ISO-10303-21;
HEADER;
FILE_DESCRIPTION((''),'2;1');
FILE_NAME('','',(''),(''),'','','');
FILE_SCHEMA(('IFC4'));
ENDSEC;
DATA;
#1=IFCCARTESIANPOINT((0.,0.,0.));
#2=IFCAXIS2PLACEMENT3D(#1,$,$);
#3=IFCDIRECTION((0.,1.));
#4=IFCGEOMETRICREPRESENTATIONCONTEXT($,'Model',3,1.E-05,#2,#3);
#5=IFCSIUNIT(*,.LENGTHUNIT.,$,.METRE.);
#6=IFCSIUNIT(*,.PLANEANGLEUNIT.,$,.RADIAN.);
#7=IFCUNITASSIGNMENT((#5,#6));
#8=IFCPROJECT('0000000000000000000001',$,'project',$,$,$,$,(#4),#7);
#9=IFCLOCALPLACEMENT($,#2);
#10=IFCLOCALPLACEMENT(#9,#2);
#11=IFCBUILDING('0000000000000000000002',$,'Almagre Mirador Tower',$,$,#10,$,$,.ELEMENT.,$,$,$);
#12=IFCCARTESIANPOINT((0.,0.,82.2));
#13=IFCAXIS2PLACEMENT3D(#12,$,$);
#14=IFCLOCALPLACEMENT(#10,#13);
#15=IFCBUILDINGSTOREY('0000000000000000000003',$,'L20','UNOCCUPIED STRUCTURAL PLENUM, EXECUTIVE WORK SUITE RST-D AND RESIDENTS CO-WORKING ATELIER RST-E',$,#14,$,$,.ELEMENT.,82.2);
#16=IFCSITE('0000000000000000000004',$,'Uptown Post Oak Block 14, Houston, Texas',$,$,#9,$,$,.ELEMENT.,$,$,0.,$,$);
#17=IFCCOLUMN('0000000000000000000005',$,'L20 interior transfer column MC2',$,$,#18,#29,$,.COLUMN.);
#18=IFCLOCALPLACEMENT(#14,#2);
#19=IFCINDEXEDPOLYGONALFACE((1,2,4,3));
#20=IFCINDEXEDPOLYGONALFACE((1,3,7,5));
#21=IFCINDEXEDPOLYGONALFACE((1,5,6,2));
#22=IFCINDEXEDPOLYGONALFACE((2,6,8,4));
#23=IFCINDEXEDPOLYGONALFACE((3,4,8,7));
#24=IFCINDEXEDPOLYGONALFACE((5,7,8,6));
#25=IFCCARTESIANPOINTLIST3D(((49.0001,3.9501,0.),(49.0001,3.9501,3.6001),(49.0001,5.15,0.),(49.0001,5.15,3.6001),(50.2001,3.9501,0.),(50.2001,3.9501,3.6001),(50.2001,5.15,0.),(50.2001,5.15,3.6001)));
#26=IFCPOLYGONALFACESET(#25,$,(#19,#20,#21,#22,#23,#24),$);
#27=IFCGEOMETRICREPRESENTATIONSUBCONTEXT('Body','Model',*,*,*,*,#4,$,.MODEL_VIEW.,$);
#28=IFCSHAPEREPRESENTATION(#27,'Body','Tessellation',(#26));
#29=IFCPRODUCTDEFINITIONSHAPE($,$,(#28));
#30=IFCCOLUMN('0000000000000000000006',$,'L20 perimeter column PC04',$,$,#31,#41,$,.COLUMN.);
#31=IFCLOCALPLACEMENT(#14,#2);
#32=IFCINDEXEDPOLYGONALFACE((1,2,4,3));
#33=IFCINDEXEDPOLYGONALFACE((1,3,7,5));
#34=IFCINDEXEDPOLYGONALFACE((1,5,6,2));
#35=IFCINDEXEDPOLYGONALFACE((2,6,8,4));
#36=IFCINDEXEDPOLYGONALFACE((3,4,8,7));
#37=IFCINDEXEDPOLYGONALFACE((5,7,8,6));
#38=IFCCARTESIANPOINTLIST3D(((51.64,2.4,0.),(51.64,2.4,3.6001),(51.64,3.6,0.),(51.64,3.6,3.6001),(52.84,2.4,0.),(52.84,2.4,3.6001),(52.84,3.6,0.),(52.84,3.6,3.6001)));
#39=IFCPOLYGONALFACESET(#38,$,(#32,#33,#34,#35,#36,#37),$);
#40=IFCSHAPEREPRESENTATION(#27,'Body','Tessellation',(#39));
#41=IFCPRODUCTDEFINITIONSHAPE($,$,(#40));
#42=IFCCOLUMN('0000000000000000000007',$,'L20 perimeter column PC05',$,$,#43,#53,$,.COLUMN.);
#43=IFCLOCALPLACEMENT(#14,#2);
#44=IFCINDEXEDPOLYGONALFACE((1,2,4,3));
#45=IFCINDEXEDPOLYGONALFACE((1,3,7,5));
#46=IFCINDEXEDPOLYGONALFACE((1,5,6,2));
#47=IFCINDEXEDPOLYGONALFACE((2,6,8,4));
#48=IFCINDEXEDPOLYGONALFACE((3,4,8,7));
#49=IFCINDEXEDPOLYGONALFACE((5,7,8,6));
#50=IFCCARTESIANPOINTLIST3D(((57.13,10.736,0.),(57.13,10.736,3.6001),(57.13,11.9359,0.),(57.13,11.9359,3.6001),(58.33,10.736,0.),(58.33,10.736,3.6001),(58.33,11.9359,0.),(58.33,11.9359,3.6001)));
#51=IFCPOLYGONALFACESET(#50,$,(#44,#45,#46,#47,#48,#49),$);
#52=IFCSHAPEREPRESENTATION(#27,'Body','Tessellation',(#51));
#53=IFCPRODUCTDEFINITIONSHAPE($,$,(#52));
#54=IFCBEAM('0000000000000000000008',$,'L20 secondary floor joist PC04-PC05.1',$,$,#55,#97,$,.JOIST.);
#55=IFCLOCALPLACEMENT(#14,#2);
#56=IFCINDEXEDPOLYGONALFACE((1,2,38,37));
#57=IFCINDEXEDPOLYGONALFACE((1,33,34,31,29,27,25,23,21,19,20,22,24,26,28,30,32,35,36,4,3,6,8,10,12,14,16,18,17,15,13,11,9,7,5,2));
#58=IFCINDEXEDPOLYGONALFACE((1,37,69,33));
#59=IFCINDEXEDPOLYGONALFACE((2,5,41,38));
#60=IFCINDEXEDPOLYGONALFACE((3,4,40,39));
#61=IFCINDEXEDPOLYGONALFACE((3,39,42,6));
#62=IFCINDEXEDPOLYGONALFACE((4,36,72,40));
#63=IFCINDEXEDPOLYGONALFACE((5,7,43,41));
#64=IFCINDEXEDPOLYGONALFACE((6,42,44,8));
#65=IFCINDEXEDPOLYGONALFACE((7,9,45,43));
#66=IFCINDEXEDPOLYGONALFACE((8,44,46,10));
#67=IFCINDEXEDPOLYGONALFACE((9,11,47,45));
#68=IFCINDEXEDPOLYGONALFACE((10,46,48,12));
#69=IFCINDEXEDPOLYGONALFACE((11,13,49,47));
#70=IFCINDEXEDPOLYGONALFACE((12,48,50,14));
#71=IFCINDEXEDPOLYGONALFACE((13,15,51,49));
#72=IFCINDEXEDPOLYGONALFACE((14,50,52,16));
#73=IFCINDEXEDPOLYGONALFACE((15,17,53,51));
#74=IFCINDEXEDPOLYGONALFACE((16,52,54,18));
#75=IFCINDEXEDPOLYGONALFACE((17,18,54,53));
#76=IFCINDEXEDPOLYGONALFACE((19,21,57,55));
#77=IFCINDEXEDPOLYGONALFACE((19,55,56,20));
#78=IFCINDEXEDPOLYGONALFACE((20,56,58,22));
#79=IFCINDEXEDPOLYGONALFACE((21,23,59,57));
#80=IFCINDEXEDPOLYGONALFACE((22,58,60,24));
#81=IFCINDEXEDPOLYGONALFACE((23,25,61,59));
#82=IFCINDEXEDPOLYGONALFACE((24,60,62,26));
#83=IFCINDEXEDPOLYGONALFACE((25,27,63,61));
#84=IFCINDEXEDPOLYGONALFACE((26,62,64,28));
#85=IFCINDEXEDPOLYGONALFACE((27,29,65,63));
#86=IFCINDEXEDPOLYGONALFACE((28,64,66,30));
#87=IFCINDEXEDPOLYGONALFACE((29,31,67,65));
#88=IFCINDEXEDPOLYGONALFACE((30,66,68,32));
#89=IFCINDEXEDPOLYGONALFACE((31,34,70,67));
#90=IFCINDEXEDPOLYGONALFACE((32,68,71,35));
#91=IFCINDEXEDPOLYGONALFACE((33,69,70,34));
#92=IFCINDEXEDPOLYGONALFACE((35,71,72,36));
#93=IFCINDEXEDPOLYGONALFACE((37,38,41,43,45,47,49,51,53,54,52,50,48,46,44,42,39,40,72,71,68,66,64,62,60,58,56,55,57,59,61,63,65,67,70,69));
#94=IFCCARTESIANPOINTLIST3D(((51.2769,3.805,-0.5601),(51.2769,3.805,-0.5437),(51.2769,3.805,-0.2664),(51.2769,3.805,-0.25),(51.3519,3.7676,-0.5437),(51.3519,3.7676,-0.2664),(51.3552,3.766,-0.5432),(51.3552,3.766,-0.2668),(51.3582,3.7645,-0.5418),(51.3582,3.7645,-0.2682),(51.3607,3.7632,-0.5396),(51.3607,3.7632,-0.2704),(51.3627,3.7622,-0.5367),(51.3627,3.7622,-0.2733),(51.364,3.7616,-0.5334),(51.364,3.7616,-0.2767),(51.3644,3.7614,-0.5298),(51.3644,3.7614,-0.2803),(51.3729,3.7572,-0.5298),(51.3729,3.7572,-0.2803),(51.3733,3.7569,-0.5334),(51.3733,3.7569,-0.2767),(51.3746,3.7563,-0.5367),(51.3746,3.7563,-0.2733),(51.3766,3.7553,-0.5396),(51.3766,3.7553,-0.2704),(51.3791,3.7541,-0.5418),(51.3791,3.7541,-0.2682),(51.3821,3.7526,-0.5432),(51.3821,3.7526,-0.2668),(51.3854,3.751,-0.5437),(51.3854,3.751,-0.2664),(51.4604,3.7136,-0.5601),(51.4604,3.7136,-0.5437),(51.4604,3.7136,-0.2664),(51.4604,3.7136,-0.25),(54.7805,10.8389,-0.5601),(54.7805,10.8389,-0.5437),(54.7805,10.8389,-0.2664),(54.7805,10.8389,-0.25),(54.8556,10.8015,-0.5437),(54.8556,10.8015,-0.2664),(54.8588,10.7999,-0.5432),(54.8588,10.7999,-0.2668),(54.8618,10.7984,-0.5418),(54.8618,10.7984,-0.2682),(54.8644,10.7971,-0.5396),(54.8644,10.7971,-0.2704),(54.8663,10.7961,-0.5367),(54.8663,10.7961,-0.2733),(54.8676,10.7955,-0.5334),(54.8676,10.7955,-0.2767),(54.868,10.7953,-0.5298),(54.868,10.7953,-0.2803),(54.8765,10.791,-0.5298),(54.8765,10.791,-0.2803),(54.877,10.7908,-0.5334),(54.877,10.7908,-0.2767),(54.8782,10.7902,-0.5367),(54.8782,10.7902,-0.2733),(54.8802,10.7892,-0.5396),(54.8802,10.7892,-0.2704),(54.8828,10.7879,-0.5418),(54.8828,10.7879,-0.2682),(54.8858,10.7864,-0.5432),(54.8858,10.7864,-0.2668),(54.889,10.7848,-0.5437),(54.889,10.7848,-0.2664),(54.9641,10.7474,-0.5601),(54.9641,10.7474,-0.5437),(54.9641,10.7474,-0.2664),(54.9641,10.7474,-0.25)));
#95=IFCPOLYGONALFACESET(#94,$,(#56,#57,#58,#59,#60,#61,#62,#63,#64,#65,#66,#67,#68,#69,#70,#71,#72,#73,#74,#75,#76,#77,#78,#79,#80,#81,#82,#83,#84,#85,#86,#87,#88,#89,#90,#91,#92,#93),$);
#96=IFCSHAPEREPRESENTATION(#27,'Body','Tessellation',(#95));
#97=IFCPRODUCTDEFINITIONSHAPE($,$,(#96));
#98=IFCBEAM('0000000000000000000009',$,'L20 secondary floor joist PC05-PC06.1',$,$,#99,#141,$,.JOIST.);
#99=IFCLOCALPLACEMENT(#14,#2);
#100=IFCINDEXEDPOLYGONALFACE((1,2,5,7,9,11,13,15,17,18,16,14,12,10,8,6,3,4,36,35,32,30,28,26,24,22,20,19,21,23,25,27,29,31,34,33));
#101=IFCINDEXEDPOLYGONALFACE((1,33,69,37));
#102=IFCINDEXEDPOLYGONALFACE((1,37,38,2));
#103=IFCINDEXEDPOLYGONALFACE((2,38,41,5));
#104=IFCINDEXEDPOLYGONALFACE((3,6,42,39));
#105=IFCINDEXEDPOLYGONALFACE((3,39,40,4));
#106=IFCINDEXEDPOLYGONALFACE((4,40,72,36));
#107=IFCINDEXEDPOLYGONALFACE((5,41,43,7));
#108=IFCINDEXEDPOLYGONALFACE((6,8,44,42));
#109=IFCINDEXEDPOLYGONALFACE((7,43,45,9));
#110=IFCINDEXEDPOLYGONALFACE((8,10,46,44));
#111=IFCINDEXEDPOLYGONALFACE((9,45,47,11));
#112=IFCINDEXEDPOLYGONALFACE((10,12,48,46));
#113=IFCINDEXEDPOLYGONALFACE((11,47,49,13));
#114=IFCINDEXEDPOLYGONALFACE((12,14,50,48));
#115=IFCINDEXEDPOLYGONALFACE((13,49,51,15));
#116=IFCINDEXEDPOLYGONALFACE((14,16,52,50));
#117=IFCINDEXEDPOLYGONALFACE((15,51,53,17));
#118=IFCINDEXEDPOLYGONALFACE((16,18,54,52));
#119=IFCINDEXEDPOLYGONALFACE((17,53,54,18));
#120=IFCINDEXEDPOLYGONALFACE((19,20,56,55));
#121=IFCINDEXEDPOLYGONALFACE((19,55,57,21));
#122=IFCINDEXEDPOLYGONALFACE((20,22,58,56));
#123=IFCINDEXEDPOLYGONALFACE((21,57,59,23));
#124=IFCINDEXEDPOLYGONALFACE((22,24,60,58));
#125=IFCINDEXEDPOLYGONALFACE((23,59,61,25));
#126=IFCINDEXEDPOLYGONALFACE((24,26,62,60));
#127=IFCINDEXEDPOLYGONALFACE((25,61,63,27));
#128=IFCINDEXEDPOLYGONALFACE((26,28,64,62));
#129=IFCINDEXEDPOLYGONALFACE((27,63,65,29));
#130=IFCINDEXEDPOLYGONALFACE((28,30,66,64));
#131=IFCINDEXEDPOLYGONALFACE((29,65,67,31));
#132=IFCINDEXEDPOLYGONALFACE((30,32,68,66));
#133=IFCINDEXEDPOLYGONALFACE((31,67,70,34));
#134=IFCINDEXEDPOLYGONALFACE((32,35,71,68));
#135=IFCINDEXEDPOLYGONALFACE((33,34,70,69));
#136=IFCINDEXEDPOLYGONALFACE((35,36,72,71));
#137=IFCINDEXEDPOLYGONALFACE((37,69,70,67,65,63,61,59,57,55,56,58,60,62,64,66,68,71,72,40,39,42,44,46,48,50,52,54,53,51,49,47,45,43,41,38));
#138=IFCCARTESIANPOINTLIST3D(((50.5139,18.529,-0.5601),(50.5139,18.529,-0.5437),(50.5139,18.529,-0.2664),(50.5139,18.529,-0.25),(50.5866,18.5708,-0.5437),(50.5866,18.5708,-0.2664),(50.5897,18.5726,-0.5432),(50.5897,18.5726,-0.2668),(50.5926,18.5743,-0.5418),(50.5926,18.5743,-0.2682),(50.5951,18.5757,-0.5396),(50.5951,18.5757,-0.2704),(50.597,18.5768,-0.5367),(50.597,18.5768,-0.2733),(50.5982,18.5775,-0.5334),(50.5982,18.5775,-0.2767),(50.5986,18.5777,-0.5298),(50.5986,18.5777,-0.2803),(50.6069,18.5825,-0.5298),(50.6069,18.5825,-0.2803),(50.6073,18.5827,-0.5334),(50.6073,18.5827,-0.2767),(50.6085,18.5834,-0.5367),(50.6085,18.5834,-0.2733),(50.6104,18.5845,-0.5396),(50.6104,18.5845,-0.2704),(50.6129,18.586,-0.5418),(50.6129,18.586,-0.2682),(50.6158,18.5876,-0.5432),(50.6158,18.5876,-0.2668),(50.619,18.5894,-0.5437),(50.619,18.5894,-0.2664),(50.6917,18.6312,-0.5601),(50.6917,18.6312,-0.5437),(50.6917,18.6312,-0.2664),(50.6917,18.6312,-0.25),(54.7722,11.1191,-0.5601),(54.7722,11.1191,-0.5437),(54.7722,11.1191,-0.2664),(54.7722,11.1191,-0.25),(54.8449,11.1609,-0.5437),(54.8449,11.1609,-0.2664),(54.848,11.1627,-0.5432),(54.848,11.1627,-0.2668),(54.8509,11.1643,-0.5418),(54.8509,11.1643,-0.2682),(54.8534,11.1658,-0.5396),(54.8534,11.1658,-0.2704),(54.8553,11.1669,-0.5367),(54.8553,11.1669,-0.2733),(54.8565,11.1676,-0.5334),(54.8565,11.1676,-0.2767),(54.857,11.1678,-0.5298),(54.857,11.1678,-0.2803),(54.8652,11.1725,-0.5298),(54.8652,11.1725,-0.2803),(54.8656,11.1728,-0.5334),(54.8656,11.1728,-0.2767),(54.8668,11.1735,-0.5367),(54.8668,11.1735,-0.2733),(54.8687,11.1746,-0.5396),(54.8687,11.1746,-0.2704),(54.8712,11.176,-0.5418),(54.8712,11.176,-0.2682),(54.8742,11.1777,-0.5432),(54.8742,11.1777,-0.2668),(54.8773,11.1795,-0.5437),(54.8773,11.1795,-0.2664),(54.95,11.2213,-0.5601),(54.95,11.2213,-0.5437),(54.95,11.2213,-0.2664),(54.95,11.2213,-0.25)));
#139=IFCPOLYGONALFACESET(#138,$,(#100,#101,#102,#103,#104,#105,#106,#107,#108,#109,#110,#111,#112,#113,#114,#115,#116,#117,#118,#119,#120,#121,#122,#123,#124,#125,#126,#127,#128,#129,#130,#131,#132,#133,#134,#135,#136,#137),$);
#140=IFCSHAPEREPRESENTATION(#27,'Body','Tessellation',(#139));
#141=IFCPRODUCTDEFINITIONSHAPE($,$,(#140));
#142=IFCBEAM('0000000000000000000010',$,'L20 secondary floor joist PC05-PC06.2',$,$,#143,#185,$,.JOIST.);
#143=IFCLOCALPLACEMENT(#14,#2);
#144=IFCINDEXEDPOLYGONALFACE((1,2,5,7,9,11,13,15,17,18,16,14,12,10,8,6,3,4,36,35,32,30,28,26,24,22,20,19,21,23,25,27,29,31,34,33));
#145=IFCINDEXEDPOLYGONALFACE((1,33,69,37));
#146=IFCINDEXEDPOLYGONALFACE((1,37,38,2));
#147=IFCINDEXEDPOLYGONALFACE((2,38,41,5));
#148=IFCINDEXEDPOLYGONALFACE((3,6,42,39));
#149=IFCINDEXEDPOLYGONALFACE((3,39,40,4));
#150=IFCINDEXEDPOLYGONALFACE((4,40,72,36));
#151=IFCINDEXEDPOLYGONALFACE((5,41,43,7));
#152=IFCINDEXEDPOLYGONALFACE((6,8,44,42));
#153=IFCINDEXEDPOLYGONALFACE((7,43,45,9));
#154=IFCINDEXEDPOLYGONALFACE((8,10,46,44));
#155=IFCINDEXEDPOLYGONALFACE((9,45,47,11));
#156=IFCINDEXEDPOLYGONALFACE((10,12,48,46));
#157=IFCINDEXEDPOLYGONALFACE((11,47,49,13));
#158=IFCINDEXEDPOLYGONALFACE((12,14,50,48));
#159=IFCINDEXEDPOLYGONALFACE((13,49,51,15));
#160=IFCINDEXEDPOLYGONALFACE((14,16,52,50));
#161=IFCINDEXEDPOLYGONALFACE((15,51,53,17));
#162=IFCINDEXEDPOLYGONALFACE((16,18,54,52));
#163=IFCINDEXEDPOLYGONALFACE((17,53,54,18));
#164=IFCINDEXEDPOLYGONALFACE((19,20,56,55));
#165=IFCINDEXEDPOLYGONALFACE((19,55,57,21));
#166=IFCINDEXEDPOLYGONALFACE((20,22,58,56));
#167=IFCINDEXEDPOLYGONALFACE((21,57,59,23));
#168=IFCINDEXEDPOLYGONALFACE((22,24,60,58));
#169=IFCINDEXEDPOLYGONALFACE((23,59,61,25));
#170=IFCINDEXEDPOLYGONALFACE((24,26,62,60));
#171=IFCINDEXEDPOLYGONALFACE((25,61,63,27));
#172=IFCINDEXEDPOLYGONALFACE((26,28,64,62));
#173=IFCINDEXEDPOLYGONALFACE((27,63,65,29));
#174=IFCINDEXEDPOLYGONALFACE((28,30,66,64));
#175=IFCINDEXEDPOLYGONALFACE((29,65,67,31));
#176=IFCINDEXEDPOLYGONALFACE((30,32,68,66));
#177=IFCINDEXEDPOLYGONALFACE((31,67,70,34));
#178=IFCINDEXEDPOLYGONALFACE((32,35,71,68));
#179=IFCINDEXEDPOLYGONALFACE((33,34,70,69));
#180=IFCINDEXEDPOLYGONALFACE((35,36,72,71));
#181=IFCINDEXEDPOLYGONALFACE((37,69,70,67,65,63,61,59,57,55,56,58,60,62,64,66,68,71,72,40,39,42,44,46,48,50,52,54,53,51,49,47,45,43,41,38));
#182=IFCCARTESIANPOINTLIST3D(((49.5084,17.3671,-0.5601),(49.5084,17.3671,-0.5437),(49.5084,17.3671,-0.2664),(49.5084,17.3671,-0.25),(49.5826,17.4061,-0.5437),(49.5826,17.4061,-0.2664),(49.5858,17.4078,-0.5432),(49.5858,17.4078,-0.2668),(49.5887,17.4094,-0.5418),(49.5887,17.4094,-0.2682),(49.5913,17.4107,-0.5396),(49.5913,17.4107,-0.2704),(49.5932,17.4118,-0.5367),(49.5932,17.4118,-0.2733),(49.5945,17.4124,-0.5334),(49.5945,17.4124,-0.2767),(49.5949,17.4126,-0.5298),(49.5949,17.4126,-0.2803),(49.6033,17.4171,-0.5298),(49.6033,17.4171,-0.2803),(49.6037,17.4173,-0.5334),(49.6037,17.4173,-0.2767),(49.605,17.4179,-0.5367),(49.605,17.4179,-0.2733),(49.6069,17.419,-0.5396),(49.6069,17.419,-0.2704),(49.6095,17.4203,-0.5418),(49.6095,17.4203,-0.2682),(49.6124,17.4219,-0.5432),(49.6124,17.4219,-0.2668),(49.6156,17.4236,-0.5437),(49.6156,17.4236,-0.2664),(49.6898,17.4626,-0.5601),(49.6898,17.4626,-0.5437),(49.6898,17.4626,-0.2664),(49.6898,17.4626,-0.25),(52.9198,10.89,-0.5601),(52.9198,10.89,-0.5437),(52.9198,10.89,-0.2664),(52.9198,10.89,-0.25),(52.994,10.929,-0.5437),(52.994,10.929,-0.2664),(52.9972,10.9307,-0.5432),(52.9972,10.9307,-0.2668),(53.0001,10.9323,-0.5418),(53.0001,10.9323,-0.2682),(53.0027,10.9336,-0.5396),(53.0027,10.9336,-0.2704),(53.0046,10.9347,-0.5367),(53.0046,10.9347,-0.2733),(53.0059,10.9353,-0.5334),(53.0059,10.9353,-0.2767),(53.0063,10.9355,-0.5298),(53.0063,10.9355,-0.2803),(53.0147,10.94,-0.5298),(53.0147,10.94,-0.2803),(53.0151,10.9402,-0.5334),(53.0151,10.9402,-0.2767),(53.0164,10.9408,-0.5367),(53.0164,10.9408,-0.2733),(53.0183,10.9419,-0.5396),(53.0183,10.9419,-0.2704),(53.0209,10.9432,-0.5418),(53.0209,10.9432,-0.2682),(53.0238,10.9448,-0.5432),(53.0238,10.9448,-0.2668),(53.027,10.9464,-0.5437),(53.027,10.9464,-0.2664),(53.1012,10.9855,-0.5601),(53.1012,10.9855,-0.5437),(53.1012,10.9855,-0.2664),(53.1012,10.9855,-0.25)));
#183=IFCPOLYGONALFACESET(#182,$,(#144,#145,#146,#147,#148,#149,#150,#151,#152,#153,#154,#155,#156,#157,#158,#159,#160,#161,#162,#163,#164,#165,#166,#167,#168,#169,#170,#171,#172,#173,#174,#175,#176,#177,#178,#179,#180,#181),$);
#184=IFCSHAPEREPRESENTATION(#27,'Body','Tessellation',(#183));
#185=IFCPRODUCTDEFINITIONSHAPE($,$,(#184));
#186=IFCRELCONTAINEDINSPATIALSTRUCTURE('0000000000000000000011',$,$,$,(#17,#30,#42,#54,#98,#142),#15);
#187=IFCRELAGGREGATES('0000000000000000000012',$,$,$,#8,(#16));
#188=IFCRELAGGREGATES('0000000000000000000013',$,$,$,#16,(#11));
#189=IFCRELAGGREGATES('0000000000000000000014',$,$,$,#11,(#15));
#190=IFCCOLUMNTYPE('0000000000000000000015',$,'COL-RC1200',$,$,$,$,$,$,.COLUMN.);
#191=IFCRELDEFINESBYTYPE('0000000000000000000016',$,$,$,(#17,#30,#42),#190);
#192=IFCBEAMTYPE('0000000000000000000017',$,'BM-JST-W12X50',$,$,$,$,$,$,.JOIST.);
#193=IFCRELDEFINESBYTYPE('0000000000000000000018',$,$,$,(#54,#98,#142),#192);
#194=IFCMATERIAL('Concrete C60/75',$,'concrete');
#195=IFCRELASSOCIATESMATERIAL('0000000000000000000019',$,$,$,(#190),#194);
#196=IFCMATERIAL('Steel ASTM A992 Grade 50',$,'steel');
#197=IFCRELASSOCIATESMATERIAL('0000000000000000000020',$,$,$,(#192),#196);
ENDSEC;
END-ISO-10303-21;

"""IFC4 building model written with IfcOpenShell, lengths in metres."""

from ifc_helpers import new_model, si_unit, direction, frame, origin, origin_2d, place, context, subcontext, project, spatial, rectangle, i_section, extrude, material, material_profile, profile_set, type_object, element, save


model = new_model("IFC4")

# Units and contexts
model_context = context("Model", 3, precision=1e-05, world=origin(), true_north=direction((0.0, 1.0)))
body_context = subcontext(model_context, "Body", "Model", "MODEL_VIEW")
ifc_project = project(units=[si_unit("LENGTHUNIT", "METRE"), si_unit("PLANEANGLEUNIT", "RADIAN")], contexts=[model_context])

# Site, building, storey
site_placement = place(None, origin())
site = spatial("IfcSite", under=ifc_project, at=site_placement, Name="Uptown Post Oak Block 14, Houston, Texas", CompositionType="ELEMENT", RefElevation=0.0)
building_placement = place(site_placement, origin())
building = spatial("IfcBuilding", under=site, at=building_placement, Name="Almagre Mirador Tower", CompositionType="ELEMENT")
storey_placement = place(building_placement, frame((0.0, 0.0, 82.2)))
storey = spatial("IfcBuildingStorey", under=building, at=storey_placement, Name="L20", Description="UNOCCUPIED STRUCTURAL PLENUM, EXECUTIVE WORK SUITE RST-D AND RESIDENTS CO-WORKING ATELIER RST-E", CompositionType="ELEMENT", Elevation=82.2)

# Columns
ifc_material_1 = material(Name="Concrete C60/75", Category="concrete")
ifc_material_profile_1 = material_profile(ifc_material_1, rectangle(XDim=1.2, YDim=1.2, at=origin_2d()), Name="RC1200X1200")
ifc_profile_set_1 = profile_set([ifc_material_profile_1], Name="Concrete C60/75")
column_type = type_object("IfcColumnType", Name="COL-RC1200", PredefinedType="COLUMN", material=ifc_profile_set_1)
for number, where, z_axis, x_axis, name in (
    (1, (49.6001, 4.55, 0.0), (0.0, 0.0, 1.0), (1.0, 0.0, 0.0), "L20 interior transfer column MC2"),
    (2, (52.24, 3.0, 0.0), (0.0, 0.0, 1.0), (1.0, 0.0, 0.0), "L20 perimeter column PC04"),
    (3, (57.73, 11.3359, 0.0), (0.0, 0.0, 1.0), (1.0, 0.0, 0.0), "L20 perimeter column PC05"),
):
    element("IfcColumn", number, at=place(storey_placement, frame(where, z_axis=z_axis, x_axis=x_axis)), inside=storey, type_object=column_type, Name=name, PredefinedType="COLUMN", context=body_context, shape_type="SweptSolid", body=[
        extrude(rectangle(XDim=1.2, YDim=1.2, at=origin_2d()), origin(), (0.0, 0.0, 1.0), 3.6001),
    ])

# Beams
ifc_material_2 = material(Name="Steel ASTM A992 Grade 50", Category="steel")
ifc_material_profile_2 = material_profile(ifc_material_2, i_section(OverallWidth=0.2051, OverallDepth=0.3101, WebThickness=0.0095, FlangeThickness=0.0164, FilletRadius=0.0139, at=origin_2d()), Name="W12X50")
ifc_profile_set_2 = profile_set([ifc_material_profile_2], Name="Steel ASTM A992 Grade 50")
beam_type_1 = type_object("IfcBeamType", Name="BM-JST-W12X50", PredefinedType="JOIST", material=ifc_profile_set_2)
beam_1_placement = place(storey_placement, frame((51.3687, 3.7593, -0.405), z_axis=(0.445859, 0.895103, 0.0), x_axis=(-0.895103, 0.445859, 0.0)))
element("IfcBeam", 4, at=beam_1_placement, inside=storey, type_object=beam_type_1, Name="L20 secondary floor joist PC04-PC05.1", PredefinedType="JOIST", context=body_context, shape_type="SweptSolid", body=[
    extrude(i_section(OverallWidth=0.2051, OverallDepth=0.3101, WebThickness=0.0095, FlangeThickness=0.0164, FilletRadius=0.0139, at=origin_2d()), origin(), (0.0, 0.0, 1.0), 7.8582),
])
beam_2_placement = place(storey_placement, frame((54.8611, 11.1702, -0.405), z_axis=(-0.49826, 0.867028, 0.0), x_axis=(-0.867028, -0.49826, 0.0)))
element("IfcBeam", 5, at=beam_2_placement, inside=storey, type_object=beam_type_1, Name="L20 secondary floor joist PC05-PC06.1", PredefinedType="JOIST", context=body_context, shape_type="SweptSolid", body=[
    extrude(i_section(OverallWidth=0.2051, OverallDepth=0.3101, WebThickness=0.0095, FlangeThickness=0.0164, FilletRadius=0.0139, at=origin_2d()), origin(), (0.0, 0.0, 1.0), 8.5464),
])
beam_3_placement = place(storey_placement, frame((53.0105, 10.9377, -0.405), z_axis=(-0.466003, 0.884783, 0.0), x_axis=(-0.884783, -0.466003, 0.0)))
element("IfcBeam", 6, at=beam_3_placement, inside=storey, type_object=beam_type_1, Name="L20 secondary floor joist PC05-PC06.2", PredefinedType="JOIST", context=body_context, shape_type="SweptSolid", body=[
    extrude(i_section(OverallWidth=0.2051, OverallDepth=0.3101, WebThickness=0.0095, FlangeThickness=0.0164, FilletRadius=0.0139, at=origin_2d()), origin(), (0.0, 0.0, 1.0), 7.3206),
])

save(model, "model.ifc")
